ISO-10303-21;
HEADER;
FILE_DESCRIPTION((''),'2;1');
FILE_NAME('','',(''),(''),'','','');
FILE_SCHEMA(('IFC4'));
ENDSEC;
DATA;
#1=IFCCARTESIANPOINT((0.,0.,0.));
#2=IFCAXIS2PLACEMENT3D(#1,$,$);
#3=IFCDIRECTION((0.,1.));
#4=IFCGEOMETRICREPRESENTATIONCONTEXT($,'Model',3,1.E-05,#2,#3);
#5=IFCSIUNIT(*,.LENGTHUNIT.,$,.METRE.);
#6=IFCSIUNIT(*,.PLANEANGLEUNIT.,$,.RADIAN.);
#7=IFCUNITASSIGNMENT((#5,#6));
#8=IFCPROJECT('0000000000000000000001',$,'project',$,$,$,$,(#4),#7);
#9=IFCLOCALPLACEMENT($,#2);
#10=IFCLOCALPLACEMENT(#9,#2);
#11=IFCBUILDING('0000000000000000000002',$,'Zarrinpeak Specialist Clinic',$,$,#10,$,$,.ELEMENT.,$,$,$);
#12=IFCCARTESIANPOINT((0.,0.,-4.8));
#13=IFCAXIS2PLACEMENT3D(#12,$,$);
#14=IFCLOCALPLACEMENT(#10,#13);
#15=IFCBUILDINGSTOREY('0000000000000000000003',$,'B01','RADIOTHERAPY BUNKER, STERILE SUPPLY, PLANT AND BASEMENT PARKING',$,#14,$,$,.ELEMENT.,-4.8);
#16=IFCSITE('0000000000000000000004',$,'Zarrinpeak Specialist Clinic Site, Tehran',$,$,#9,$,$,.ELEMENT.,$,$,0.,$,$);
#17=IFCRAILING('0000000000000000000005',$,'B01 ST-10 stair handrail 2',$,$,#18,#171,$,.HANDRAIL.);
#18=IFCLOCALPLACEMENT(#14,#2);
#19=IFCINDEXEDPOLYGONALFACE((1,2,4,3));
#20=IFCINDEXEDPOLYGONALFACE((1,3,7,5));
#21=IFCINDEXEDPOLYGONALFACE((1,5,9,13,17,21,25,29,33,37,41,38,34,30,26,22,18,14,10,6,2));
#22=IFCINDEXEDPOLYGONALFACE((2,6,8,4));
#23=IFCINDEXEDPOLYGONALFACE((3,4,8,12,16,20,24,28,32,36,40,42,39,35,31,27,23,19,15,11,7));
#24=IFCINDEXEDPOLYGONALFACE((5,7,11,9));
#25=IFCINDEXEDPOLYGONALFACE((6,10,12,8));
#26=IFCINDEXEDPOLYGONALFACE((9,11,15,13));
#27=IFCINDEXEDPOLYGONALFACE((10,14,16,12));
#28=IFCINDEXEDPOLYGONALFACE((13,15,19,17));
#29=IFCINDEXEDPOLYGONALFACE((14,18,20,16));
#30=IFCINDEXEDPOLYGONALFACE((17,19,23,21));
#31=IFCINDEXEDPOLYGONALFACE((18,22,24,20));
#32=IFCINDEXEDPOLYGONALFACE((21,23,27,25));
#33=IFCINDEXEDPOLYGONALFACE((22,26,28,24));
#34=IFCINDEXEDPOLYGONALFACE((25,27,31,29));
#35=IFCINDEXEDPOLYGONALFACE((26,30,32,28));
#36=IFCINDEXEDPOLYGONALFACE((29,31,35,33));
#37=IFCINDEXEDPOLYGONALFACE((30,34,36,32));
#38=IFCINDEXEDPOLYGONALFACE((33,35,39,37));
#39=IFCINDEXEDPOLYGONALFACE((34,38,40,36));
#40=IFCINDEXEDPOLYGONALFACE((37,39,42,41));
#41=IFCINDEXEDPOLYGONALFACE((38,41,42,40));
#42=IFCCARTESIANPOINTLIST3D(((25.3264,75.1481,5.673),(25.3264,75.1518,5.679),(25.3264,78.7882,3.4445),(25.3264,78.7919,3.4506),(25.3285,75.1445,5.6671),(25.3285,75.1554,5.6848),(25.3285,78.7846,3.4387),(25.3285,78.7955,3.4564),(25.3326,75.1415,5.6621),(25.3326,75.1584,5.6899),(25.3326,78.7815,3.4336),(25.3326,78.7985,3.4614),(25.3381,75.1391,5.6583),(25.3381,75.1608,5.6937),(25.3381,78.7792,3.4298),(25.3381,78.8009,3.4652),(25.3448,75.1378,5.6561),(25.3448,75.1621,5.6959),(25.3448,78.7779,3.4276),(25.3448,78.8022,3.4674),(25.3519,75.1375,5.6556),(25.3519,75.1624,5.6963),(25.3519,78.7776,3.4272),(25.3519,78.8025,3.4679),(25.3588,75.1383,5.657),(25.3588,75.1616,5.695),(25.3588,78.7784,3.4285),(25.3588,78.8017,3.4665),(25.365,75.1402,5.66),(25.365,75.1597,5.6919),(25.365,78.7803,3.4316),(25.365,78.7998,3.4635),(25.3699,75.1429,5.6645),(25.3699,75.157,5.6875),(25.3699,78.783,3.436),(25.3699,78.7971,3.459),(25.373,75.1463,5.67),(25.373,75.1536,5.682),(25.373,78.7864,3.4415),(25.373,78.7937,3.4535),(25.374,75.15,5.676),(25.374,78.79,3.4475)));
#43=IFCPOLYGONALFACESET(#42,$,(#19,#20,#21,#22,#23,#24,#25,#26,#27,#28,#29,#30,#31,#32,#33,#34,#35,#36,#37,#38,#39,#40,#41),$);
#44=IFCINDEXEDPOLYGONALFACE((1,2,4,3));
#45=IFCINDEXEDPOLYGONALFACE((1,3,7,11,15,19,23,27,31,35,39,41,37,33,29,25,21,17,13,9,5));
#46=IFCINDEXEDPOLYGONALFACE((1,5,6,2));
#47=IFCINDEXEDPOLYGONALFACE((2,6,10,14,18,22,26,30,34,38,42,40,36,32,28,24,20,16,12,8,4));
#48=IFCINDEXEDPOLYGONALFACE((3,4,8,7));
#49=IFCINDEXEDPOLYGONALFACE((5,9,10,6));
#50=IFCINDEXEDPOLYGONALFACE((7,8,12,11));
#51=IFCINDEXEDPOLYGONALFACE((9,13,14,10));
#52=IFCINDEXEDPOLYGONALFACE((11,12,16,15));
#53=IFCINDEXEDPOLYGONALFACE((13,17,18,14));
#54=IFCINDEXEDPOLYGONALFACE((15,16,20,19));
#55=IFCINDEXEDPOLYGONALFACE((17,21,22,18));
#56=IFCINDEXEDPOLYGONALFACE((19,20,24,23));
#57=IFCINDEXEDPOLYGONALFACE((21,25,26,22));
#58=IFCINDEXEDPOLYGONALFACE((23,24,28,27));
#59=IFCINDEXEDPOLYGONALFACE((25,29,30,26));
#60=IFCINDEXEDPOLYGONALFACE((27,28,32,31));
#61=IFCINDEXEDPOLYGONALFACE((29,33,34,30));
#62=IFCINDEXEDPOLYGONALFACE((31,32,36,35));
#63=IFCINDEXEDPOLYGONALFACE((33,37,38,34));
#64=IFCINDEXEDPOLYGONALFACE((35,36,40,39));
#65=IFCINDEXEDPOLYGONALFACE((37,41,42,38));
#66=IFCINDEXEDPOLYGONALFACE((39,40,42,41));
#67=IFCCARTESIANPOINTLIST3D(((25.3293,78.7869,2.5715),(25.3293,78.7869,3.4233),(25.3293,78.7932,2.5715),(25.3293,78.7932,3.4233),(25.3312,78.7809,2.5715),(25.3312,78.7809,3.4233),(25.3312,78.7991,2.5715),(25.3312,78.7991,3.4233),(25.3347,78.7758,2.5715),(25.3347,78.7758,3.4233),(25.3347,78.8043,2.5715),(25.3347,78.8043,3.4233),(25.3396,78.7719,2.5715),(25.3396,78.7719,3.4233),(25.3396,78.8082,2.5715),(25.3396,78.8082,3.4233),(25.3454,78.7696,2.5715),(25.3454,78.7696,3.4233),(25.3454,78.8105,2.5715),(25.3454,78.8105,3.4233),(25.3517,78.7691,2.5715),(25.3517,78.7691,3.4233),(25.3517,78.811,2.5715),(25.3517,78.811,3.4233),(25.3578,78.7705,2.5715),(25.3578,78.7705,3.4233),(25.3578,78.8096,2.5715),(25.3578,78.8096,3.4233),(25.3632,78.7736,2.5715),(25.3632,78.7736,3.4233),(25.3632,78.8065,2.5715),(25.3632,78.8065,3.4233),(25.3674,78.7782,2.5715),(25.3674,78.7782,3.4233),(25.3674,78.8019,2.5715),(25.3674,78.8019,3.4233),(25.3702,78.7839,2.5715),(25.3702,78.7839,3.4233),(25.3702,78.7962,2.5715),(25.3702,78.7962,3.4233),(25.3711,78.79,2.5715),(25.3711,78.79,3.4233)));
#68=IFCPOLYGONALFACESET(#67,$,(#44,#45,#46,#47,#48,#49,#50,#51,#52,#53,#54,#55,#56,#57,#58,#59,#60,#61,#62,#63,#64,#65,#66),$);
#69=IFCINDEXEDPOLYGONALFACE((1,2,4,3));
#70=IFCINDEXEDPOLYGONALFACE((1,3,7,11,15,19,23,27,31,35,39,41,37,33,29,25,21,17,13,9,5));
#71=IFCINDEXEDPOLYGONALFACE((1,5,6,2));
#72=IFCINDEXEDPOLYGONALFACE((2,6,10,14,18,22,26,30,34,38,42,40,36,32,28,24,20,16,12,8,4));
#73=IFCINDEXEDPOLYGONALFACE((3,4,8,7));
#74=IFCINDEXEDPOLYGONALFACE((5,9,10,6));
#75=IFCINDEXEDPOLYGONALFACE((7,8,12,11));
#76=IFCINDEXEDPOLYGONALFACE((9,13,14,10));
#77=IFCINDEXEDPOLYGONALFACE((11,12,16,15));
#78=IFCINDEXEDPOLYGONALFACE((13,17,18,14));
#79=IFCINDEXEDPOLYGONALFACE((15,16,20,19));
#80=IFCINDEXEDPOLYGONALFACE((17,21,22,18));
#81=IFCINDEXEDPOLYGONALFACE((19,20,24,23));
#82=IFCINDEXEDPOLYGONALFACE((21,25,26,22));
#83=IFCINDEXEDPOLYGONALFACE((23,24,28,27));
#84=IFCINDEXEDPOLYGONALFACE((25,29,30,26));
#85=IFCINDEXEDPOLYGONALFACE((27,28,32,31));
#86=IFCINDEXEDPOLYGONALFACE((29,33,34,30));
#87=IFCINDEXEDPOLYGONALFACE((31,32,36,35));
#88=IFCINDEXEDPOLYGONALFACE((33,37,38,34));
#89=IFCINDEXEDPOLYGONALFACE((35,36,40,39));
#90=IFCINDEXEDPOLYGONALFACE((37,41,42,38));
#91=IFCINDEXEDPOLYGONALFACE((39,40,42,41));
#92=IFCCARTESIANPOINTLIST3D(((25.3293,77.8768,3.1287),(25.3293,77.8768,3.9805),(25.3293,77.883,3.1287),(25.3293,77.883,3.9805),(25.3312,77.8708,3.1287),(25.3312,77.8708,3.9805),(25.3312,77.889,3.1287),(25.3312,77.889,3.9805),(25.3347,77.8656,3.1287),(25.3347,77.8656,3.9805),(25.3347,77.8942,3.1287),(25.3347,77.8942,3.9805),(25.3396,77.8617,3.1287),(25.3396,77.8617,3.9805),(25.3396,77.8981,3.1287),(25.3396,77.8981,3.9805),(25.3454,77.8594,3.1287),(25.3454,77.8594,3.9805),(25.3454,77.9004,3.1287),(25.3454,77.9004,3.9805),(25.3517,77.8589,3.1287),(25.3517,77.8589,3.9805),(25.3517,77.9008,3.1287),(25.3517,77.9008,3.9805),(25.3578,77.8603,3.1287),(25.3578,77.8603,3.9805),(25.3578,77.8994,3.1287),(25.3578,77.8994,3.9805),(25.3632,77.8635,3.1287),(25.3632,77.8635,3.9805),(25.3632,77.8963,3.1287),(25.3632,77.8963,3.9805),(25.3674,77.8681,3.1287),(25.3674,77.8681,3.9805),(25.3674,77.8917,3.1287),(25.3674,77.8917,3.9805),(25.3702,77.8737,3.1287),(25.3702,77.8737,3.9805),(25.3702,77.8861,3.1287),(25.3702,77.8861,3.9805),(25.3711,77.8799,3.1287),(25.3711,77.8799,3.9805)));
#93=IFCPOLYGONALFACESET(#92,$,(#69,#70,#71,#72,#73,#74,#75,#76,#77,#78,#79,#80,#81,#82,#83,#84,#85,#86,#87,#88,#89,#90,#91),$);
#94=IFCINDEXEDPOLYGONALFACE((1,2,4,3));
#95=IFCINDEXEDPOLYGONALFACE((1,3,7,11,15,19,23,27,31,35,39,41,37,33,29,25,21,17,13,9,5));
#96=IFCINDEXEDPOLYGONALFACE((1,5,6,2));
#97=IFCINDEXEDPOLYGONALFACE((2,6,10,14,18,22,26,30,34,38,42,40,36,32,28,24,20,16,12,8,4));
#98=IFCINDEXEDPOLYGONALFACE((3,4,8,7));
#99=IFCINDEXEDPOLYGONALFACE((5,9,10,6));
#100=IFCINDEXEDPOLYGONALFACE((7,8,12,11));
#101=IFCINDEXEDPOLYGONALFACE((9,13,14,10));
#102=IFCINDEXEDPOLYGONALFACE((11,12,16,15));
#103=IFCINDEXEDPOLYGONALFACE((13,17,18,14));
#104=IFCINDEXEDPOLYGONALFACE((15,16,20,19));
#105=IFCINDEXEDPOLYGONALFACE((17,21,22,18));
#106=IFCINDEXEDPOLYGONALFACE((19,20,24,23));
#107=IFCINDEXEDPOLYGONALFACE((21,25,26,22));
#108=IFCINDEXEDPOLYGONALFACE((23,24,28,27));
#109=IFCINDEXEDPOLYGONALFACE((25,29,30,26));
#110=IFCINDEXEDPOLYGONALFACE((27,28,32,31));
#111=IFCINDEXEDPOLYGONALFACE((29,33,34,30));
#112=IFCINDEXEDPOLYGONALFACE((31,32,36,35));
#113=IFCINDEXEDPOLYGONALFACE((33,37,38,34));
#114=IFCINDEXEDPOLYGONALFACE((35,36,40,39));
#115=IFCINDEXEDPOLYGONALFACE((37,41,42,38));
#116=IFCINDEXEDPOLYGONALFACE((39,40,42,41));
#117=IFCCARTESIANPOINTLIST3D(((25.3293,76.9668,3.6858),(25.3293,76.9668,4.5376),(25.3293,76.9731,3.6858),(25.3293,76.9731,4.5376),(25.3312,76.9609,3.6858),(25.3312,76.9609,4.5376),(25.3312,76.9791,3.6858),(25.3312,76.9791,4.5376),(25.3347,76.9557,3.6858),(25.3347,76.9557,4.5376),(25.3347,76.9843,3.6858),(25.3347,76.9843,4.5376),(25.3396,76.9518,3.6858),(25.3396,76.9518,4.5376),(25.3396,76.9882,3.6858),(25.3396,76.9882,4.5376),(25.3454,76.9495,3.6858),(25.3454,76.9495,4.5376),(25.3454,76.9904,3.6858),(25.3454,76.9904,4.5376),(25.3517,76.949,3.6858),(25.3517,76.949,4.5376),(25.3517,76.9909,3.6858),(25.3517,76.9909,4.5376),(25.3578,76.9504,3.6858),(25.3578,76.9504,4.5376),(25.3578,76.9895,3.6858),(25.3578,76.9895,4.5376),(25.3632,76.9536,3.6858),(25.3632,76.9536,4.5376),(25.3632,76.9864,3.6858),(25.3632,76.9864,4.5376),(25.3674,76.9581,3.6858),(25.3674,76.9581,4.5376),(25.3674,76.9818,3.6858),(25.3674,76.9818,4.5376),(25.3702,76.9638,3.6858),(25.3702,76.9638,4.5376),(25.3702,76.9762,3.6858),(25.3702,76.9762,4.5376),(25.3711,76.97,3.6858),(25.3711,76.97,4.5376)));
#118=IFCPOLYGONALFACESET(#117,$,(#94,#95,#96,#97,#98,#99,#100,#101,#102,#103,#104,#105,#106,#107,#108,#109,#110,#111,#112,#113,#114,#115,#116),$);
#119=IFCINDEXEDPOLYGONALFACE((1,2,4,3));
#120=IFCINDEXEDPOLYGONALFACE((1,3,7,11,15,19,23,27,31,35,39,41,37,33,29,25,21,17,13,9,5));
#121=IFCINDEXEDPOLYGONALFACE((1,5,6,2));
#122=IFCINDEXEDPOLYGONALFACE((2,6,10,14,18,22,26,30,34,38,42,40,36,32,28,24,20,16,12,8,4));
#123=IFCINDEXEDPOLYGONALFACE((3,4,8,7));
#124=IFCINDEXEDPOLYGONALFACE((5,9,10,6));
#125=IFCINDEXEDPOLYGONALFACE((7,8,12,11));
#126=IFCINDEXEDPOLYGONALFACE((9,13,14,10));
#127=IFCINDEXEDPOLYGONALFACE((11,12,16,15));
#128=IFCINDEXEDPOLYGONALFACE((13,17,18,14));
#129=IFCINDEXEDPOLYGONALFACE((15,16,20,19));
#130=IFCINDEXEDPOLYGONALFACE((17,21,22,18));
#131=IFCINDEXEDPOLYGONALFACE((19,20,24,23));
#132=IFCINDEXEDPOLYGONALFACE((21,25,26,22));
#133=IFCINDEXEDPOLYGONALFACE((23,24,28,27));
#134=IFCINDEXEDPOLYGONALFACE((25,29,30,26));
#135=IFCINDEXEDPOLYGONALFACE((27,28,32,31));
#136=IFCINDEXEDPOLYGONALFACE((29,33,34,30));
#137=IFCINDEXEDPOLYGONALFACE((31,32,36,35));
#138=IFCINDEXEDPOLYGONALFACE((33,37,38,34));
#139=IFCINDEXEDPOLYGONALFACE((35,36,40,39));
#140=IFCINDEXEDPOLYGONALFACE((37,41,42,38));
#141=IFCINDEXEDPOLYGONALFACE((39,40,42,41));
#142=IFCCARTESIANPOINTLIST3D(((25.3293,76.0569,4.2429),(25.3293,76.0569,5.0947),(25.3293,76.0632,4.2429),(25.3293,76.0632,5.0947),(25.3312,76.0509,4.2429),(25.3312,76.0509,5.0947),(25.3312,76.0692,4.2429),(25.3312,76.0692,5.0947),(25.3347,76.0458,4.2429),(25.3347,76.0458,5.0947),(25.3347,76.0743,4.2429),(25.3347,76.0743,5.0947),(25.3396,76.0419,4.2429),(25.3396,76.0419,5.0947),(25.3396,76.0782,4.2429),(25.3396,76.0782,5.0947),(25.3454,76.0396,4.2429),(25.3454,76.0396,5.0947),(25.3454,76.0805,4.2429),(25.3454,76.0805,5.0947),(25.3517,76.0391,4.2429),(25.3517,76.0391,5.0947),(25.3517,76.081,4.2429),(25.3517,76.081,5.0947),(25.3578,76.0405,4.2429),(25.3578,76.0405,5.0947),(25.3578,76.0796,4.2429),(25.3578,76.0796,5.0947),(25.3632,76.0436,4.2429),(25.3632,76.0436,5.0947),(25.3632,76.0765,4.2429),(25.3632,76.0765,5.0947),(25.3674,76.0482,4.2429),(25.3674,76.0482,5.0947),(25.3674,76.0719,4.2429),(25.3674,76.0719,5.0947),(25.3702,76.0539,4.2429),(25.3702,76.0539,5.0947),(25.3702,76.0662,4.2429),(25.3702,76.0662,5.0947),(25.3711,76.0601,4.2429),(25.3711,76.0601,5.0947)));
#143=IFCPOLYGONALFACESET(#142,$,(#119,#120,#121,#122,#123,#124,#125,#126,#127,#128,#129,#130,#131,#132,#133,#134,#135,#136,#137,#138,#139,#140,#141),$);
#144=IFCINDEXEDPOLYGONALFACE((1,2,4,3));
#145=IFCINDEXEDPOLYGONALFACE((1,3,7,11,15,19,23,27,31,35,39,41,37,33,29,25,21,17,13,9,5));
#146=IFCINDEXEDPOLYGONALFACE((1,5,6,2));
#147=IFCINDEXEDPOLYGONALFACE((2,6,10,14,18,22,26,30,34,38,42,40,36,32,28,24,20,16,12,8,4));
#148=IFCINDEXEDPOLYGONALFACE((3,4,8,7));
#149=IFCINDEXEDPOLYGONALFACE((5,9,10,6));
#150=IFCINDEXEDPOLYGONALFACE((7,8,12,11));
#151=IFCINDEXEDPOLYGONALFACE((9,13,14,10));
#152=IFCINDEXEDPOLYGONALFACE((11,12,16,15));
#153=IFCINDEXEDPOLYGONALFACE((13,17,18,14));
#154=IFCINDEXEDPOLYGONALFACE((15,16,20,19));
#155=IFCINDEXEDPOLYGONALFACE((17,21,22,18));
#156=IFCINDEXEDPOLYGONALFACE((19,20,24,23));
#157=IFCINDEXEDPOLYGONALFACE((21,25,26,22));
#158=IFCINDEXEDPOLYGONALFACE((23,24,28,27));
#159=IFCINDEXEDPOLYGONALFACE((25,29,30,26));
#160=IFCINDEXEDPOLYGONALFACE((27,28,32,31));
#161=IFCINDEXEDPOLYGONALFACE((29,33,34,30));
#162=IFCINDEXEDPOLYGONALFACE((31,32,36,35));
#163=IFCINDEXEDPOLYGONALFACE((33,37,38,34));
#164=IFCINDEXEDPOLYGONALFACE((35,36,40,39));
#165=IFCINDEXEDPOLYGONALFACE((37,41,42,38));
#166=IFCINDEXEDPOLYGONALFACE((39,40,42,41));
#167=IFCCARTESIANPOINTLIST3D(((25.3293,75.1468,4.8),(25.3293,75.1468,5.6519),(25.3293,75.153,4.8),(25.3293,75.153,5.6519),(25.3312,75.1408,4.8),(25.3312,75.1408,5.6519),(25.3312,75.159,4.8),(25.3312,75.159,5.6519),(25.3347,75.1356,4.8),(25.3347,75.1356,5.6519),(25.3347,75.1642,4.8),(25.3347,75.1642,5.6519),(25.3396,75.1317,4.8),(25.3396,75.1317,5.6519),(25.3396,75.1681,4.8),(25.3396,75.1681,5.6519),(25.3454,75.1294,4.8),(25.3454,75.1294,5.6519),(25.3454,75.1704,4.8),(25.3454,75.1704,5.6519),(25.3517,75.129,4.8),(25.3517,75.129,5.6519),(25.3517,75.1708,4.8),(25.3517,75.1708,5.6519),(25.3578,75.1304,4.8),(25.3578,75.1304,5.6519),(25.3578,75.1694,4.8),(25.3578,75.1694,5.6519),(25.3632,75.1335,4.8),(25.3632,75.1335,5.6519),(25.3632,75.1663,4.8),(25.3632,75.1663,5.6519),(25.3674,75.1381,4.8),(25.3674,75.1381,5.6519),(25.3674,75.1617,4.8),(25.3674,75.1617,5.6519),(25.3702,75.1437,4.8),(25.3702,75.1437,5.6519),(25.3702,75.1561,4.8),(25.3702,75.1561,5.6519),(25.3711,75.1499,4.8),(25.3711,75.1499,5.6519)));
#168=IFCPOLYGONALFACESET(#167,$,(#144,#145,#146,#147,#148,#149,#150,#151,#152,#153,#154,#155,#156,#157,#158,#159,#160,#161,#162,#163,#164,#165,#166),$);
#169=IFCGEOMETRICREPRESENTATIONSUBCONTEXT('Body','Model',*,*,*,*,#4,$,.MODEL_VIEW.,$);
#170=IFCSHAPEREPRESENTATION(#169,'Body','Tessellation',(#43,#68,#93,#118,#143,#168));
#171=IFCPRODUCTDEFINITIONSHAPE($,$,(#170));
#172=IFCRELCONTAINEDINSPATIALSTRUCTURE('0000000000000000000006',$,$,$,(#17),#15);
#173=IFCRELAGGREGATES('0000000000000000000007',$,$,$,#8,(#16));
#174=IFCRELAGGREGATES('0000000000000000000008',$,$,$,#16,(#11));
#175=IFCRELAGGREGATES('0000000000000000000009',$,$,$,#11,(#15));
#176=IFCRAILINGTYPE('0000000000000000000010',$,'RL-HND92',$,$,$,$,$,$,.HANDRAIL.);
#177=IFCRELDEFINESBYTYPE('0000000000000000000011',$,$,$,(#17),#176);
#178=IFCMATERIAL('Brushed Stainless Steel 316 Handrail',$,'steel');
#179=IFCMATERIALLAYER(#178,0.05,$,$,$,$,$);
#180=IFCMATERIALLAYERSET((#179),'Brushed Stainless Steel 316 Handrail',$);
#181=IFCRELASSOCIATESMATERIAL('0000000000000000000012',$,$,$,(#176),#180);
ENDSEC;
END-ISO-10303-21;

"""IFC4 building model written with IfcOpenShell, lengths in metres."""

from ifc_helpers import new_model, si_unit, direction, frame, origin, origin_2d, place, context, subcontext, project, spatial, circle, extrude, material, layer, layer_set, type_object, element, save


model = new_model("IFC4")

# Units and contexts
model_context = context("Model", 3, precision=1e-05, world=origin(), true_north=direction((0.0, 1.0)))
body_context = subcontext(model_context, "Body", "Model", "MODEL_VIEW")
ifc_project = project(units=[si_unit("LENGTHUNIT", "METRE"), si_unit("PLANEANGLEUNIT", "RADIAN")], contexts=[model_context])

# Site, building, storey
site_placement = place(None, origin())
site = spatial("IfcSite", under=ifc_project, at=site_placement, Name="Zarrinpeak Specialist Clinic Site, Tehran", CompositionType="ELEMENT", RefElevation=0.0)
building_placement = place(site_placement, origin())
building = spatial("IfcBuilding", under=site, at=building_placement, Name="Zarrinpeak Specialist Clinic", CompositionType="ELEMENT")
storey_placement = place(building_placement, frame((0.0, 0.0, -4.8)))
storey = spatial("IfcBuildingStorey", under=building, at=storey_placement, Name="B01", Description="RADIOTHERAPY BUNKER, STERILE SUPPLY, PLANT AND BASEMENT PARKING", CompositionType="ELEMENT", Elevation=-4.8)

# Railing
ifc_material_1 = material(Name="Brushed Stainless Steel 316 Handrail", Category="steel")
ifc_layer_1 = layer(ifc_material_1, 0.05)
ifc_layer_set_1 = layer_set([ifc_layer_1], Name="Brushed Stainless Steel 316 Handrail")
railing_type_1 = type_object("IfcRailingType", Name="RL-HND92", PredefinedType="HANDRAIL", material=ifc_layer_set_1)
railing_1_placement = place(storey_placement, frame((25.3501, 78.79, 2.5715)))
element("IfcRailing", 1, at=railing_1_placement, inside=storey, type_object=railing_type_1, Name="B01 ST-10 stair handrail 2", PredefinedType="HANDRAIL", context=body_context, shape_type="SweptSolid", body=[
    extrude(circle(Radius=0.0239, at=origin_2d()), frame((0.0, 0.0, 0.876), z_axis=(0.0, -0.852866, 0.52213), x_axis=(1.0, 0.0, 0.0)), (0.0, 0.0, 1.0), 4.2681),
    extrude(circle(Radius=0.021, at=origin_2d()), origin(), (0.0, 0.0, 1.0), 0.8518),
    extrude(circle(Radius=0.021, at=origin_2d()), frame((0.0, -0.9102, 0.5571)), (0.0, 0.0, 1.0), 0.8518),
    extrude(circle(Radius=0.021, at=origin_2d()), frame((0.0, -1.8201, 1.1143)), (0.0, 0.0, 1.0), 0.8518),
    extrude(circle(Radius=0.021, at=origin_2d()), frame((0.0, -2.73, 1.6714)), (0.0, 0.0, 1.0), 0.8518),
    extrude(circle(Radius=0.021, at=origin_2d()), frame((0.0, -3.6401, 2.2285)), (0.0, 0.0, 1.0), 0.8518),
])

save(model, "model.ifc")
